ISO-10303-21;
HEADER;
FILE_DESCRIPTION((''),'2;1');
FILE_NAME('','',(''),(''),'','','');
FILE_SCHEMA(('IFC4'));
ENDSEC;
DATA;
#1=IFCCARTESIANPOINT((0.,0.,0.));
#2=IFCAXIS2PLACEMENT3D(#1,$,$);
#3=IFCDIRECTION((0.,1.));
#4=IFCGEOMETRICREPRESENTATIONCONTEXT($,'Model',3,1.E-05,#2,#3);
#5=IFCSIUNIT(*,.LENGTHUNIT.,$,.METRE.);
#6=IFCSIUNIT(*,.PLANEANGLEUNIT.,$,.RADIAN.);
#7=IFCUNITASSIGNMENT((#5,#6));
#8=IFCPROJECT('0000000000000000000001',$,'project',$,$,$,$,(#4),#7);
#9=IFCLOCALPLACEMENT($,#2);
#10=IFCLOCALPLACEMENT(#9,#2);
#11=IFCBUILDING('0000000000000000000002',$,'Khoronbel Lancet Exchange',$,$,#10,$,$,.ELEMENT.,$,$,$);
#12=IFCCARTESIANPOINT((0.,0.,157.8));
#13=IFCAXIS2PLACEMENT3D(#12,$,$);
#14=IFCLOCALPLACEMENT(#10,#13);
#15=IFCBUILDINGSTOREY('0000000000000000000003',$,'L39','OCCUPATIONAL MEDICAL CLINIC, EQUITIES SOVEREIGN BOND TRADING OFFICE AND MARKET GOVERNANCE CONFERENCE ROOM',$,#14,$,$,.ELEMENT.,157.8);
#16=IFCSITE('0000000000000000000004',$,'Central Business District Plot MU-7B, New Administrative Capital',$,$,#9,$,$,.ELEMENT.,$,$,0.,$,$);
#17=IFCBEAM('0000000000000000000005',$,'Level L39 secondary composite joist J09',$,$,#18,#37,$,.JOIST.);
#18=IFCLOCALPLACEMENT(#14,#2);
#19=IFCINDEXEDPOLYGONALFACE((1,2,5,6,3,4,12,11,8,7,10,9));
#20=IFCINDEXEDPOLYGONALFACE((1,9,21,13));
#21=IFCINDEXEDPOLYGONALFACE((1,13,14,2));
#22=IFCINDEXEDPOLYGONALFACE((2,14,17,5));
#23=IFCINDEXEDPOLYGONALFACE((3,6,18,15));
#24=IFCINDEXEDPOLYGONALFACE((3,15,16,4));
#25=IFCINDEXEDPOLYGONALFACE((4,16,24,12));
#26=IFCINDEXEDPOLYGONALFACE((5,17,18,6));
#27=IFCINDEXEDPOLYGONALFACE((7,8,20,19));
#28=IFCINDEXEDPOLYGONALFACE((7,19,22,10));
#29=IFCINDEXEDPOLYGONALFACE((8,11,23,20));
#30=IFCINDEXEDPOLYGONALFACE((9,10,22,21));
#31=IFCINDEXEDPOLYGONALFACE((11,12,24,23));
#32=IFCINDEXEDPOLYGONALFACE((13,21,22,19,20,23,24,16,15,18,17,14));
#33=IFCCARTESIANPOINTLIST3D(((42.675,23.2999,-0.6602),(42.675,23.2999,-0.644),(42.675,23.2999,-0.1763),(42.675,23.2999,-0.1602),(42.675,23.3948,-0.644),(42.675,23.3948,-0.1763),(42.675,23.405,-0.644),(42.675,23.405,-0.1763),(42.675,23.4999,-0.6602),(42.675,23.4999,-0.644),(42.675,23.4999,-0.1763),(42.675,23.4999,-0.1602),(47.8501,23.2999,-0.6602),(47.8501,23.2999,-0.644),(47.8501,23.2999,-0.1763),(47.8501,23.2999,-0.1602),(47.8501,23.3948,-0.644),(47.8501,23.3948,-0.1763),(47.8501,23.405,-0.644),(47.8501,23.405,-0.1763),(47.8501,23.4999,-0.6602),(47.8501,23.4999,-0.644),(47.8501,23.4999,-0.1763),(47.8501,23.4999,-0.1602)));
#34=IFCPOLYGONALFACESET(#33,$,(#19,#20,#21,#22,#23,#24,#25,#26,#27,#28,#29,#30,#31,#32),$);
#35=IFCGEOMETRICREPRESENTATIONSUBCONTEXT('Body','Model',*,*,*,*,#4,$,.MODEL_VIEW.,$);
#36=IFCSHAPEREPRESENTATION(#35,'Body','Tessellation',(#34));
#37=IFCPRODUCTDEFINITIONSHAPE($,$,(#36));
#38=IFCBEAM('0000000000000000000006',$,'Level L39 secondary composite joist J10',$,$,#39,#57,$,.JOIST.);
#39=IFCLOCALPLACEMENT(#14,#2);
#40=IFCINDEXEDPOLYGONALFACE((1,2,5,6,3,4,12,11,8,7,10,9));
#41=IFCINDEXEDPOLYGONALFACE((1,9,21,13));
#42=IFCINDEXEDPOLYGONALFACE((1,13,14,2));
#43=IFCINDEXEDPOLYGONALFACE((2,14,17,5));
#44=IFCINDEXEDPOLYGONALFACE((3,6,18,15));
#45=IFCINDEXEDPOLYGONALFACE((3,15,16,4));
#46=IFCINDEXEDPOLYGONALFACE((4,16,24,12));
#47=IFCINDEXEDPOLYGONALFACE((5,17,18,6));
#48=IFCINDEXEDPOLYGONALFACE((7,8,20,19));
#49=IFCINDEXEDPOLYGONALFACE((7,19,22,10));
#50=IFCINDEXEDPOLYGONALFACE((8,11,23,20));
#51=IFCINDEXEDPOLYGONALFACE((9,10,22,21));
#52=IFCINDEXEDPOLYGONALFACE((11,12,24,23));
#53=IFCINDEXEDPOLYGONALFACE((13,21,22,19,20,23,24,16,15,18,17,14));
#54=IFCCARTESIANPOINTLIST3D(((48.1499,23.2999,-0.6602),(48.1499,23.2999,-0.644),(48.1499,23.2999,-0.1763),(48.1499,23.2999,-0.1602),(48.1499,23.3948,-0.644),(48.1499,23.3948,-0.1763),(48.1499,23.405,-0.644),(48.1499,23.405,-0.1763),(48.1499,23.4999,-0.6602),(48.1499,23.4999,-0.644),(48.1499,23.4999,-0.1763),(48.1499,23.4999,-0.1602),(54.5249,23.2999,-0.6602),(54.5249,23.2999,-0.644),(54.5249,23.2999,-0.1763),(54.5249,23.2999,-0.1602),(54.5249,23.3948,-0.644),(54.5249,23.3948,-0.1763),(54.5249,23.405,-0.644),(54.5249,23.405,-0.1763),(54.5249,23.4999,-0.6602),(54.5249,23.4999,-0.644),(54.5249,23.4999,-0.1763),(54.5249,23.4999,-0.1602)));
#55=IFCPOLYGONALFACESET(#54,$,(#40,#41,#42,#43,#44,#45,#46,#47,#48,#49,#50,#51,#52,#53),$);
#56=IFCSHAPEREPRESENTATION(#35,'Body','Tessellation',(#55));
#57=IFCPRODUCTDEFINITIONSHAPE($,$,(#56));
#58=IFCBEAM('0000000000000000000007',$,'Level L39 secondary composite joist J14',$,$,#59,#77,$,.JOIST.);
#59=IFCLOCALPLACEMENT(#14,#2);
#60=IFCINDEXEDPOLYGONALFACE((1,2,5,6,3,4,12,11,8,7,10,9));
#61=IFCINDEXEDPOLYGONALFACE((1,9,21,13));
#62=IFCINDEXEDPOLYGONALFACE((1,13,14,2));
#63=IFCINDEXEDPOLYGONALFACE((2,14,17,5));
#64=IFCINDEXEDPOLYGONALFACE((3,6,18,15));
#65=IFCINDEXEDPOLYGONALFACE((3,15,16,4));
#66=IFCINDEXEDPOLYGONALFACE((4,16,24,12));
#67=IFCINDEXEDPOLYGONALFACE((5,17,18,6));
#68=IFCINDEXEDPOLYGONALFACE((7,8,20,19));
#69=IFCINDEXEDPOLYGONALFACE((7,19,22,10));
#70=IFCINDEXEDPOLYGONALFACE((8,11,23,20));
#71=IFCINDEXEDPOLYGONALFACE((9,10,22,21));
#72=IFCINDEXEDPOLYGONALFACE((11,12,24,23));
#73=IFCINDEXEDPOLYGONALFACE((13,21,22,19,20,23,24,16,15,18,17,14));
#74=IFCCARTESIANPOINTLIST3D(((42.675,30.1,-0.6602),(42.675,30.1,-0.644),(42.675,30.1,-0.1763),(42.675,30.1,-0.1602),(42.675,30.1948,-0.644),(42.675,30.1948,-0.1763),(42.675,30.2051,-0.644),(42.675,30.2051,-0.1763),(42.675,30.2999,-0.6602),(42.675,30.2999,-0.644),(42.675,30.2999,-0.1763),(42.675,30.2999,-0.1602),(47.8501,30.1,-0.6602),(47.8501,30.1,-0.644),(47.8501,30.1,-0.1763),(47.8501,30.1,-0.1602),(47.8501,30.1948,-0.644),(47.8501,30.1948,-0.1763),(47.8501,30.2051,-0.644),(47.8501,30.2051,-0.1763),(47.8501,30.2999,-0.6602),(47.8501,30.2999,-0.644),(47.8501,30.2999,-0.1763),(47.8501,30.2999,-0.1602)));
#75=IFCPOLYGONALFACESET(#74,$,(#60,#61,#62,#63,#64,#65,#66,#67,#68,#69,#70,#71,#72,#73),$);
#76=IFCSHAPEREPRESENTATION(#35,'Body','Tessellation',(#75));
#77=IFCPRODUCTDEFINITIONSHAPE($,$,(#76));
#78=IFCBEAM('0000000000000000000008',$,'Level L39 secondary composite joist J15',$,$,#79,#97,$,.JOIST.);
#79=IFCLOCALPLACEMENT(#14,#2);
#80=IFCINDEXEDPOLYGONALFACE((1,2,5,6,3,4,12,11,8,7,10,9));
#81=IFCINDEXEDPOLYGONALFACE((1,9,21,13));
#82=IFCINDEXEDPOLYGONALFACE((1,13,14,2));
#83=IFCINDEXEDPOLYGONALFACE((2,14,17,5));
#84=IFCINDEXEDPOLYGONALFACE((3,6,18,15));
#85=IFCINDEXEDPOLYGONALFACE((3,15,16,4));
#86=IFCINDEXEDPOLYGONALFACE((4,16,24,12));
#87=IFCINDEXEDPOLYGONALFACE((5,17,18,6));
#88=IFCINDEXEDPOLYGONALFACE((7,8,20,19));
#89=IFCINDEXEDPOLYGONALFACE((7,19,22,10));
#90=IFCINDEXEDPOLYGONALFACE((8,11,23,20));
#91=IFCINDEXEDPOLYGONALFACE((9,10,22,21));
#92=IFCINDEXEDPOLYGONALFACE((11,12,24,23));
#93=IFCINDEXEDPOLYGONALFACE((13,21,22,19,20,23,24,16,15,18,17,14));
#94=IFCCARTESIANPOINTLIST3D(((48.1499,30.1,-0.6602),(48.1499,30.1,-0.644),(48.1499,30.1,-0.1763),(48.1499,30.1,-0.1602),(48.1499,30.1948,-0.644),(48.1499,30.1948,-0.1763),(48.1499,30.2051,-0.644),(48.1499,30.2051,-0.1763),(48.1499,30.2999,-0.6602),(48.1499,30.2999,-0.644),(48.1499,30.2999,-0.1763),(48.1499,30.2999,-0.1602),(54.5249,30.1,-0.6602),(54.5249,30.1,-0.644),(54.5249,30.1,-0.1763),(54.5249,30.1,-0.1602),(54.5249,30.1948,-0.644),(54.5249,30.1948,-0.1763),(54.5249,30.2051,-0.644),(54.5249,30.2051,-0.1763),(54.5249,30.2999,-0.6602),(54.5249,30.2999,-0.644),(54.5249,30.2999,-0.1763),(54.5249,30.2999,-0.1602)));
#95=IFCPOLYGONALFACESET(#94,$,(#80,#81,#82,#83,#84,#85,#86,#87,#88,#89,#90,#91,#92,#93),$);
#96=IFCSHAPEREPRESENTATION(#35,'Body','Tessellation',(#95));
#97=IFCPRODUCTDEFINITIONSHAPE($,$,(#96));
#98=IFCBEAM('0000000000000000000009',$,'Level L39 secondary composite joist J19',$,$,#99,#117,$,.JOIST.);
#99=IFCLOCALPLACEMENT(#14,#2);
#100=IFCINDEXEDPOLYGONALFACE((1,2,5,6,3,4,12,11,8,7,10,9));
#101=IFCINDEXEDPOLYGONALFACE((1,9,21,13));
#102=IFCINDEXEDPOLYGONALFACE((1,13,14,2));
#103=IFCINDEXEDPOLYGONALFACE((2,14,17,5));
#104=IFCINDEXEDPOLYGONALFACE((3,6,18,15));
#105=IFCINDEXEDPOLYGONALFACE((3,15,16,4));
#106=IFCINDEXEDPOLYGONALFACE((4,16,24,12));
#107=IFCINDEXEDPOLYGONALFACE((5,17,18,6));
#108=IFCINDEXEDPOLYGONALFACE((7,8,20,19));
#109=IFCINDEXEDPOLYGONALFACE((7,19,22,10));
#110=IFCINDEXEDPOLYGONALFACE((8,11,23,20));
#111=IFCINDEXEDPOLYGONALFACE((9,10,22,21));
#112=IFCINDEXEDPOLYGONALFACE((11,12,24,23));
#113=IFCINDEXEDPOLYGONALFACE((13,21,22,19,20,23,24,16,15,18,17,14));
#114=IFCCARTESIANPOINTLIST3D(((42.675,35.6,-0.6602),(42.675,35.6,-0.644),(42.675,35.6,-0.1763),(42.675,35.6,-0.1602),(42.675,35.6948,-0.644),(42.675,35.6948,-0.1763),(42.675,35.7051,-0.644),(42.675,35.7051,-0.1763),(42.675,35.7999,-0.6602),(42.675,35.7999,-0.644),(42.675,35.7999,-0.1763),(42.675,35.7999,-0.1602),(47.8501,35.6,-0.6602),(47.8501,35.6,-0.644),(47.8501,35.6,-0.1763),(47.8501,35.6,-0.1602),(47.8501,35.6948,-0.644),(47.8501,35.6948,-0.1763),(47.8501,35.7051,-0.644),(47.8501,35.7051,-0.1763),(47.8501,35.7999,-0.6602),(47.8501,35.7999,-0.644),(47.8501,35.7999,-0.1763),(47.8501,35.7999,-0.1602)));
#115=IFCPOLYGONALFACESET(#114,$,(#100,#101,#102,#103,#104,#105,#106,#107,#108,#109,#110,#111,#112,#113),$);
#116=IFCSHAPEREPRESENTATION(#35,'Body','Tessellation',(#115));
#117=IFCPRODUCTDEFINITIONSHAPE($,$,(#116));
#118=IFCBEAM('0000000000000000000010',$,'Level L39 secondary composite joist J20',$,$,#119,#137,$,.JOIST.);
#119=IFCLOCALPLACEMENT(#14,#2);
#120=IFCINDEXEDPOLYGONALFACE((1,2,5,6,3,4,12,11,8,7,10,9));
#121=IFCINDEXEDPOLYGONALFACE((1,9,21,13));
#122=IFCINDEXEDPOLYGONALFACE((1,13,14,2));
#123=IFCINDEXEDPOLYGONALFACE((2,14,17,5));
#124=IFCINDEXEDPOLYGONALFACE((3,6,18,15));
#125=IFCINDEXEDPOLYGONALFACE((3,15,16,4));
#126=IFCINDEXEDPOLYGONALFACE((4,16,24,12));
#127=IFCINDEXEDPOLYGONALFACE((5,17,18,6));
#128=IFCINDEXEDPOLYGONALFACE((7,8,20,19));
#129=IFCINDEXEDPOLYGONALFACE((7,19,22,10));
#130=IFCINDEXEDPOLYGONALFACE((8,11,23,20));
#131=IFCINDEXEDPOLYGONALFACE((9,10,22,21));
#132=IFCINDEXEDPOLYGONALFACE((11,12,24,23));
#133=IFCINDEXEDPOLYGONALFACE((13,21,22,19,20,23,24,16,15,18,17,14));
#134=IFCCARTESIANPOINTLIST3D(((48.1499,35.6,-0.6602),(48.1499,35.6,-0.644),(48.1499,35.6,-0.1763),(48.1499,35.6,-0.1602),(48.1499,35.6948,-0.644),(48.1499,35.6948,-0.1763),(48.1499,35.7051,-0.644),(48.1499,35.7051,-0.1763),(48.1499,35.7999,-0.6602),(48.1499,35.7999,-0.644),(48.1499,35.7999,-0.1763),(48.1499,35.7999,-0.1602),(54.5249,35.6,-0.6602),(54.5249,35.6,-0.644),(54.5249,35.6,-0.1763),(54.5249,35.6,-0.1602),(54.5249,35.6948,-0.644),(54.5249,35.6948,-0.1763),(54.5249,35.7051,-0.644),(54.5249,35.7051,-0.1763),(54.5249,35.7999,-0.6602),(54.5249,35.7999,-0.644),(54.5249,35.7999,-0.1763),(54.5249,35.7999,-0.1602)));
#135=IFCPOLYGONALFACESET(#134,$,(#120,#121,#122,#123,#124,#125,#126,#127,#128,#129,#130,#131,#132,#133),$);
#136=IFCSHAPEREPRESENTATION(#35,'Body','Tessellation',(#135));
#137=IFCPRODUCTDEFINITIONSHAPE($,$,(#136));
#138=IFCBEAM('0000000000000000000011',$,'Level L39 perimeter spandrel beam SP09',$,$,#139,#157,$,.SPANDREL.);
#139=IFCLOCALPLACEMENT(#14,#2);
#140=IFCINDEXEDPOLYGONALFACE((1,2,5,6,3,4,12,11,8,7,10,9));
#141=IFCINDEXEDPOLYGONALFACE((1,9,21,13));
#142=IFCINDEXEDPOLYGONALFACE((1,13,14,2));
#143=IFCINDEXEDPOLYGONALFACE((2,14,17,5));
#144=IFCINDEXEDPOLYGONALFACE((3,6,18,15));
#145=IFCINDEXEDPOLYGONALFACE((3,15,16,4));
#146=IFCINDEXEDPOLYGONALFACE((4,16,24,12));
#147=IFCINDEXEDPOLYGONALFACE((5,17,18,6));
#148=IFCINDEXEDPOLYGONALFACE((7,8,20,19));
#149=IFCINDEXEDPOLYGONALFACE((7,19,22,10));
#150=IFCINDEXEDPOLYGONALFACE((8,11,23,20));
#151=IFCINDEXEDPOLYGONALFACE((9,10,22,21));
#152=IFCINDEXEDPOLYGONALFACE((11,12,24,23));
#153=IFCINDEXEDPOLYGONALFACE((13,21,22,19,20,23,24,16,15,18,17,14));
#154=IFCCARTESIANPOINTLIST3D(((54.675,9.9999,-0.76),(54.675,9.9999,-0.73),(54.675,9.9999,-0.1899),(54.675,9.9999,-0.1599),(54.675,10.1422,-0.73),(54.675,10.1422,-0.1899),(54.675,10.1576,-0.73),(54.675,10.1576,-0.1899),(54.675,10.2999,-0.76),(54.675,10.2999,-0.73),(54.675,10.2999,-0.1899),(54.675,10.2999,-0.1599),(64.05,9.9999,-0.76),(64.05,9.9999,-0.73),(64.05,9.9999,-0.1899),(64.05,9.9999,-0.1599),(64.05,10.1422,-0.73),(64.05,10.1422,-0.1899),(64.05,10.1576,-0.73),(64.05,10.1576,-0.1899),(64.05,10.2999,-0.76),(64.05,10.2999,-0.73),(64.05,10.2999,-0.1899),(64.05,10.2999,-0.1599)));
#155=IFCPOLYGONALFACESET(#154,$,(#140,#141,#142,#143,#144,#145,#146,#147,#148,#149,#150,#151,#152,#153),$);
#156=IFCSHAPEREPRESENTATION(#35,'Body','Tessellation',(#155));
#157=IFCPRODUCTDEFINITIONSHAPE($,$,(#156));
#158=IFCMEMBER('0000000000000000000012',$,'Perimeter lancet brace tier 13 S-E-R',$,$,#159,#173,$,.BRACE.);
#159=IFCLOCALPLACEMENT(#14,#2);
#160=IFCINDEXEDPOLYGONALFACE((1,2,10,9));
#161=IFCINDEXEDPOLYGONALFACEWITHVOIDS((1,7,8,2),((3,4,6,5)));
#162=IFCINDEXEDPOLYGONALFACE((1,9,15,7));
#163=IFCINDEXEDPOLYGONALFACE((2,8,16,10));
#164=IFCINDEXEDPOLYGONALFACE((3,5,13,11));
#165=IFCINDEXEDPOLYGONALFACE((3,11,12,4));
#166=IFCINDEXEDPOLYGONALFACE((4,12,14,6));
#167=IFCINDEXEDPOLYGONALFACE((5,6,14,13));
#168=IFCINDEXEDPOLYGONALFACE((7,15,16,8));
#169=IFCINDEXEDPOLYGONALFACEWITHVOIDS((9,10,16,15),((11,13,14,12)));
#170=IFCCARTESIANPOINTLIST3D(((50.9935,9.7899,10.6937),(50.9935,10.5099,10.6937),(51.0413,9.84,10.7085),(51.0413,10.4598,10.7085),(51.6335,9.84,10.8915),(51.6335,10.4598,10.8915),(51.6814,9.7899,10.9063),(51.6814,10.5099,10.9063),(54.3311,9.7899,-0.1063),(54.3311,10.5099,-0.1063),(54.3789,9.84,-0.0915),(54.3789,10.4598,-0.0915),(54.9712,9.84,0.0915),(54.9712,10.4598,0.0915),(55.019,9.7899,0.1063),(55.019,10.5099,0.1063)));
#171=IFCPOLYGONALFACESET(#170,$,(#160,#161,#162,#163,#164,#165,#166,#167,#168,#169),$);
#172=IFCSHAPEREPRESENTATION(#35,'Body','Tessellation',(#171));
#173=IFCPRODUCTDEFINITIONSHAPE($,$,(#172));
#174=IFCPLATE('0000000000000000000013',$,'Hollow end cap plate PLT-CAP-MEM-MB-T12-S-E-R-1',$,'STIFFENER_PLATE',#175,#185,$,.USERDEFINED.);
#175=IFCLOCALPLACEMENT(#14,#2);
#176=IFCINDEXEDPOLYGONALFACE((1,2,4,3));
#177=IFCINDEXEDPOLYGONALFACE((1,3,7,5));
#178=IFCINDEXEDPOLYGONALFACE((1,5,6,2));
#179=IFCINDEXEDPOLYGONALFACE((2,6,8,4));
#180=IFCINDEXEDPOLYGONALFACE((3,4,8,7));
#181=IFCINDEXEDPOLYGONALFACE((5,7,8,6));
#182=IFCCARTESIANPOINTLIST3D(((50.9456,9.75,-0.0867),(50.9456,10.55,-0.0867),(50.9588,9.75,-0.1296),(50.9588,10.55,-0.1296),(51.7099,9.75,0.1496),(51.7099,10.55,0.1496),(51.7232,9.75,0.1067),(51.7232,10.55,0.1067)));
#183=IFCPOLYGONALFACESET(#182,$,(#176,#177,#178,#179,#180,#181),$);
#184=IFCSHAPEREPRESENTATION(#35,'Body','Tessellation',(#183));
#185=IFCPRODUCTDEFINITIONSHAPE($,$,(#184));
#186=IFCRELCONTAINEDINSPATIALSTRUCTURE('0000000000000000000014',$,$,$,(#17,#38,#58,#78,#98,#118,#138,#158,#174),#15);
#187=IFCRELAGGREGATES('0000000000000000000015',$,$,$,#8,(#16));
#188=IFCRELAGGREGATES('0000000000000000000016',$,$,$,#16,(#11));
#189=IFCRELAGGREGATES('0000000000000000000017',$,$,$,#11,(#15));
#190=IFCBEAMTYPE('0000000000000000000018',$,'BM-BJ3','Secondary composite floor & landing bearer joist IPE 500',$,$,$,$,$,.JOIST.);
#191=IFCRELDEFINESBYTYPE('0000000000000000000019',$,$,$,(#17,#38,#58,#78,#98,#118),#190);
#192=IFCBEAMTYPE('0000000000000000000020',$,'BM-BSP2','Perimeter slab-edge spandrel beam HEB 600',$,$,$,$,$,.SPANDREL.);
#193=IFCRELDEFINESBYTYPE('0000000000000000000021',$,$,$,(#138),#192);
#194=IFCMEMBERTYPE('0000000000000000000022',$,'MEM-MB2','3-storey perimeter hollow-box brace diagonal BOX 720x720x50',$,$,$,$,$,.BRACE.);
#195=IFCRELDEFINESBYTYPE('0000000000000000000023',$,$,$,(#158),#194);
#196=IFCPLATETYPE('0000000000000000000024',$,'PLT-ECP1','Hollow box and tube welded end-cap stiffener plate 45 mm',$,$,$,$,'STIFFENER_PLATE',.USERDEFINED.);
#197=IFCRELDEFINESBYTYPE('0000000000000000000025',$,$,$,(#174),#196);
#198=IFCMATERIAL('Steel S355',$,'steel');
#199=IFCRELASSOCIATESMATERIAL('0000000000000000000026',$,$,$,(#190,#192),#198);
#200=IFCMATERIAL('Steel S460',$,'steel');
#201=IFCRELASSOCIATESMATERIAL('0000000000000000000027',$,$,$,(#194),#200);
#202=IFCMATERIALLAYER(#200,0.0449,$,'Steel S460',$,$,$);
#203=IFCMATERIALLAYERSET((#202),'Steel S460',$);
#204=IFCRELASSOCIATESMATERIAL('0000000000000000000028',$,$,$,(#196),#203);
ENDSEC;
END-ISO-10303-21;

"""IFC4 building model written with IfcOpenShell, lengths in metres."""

from ifc_helpers import new_model, si_unit, direction, frame, origin, origin_2d, place, context, subcontext, project, spatial, polyline, hollow_rectangle, i_section, outline, extrude, material, layer, layer_set, material_profile, profile_set, type_object, element, save


model = new_model("IFC4")

# Units and contexts
model_context = context("Model", 3, precision=1e-05, world=origin(), true_north=direction((0.0, 1.0)))
body_context = subcontext(model_context, "Body", "Model", "MODEL_VIEW")
ifc_project = project(units=[si_unit("LENGTHUNIT", "METRE"), si_unit("PLANEANGLEUNIT", "RADIAN")], contexts=[model_context])

# Site, building, storey
site_placement = place(None, origin())
site = spatial("IfcSite", under=ifc_project, at=site_placement, Name="Central Business District Plot MU-7B, New Administrative Capital", CompositionType="ELEMENT", RefElevation=0.0)
building_placement = place(site_placement, origin())
building = spatial("IfcBuilding", under=site, at=building_placement, Name="Khoronbel Lancet Exchange", CompositionType="ELEMENT")
storey_placement = place(building_placement, frame((0.0, 0.0, 157.8)))
storey = spatial("IfcBuildingStorey", under=building, at=storey_placement, Name="L39", Description="OCCUPATIONAL MEDICAL CLINIC, EQUITIES SOVEREIGN BOND TRADING OFFICE AND MARKET GOVERNANCE CONFERENCE ROOM", CompositionType="ELEMENT", Elevation=157.8)

# Shared definitions
ifc_material_1 = material(Name="Steel S460", Category="steel")

# Beams
ifc_material_2 = material(Name="Steel S355", Category="steel")
ifc_material_profile_1 = material_profile(ifc_material_2, i_section(OverallWidth=0.2, OverallDepth=0.5, WebThickness=0.0103, FlangeThickness=0.0161, at=origin_2d()), Name="IPE 500")
ifc_profile_set_1 = profile_set([ifc_material_profile_1], Name="Steel S355")
beam_type_1 = type_object("IfcBeamType", Name="BM-BJ3", Description="Secondary composite floor & landing bearer joist IPE 500", PredefinedType="JOIST", material=ifc_profile_set_1)
beam_1_placement = place(storey_placement, frame((42.675, 23.3999, -0.4102), z_axis=(1.0, 0.0, 0.0), x_axis=(0.0, 1.0, 0.0)))
element("IfcBeam", 1, at=beam_1_placement, inside=storey, type_object=beam_type_1, Name="Level L39 secondary composite joist J09", PredefinedType="JOIST", context=body_context, shape_type="SweptSolid", body=[
    extrude(i_section(OverallWidth=0.2, OverallDepth=0.5, WebThickness=0.0103, FlangeThickness=0.0161, at=origin_2d()), origin(), (0.0, 0.0, 1.0), 5.175),
])
beam_2_placement = place(storey_placement, frame((48.1499, 23.3999, -0.4102), z_axis=(1.0, 0.0, 0.0), x_axis=(0.0, 1.0, 0.0)))
element("IfcBeam", 2, at=beam_2_placement, inside=storey, type_object=beam_type_1, Name="Level L39 secondary composite joist J10", PredefinedType="JOIST", context=body_context, shape_type="SweptSolid", body=[
    extrude(i_section(OverallWidth=0.2, OverallDepth=0.5, WebThickness=0.0103, FlangeThickness=0.0161, at=origin_2d()), origin(), (0.0, 0.0, 1.0), 6.375),
])
beam_3_placement = place(storey_placement, frame((42.675, 30.2, -0.4102), z_axis=(1.0, 0.0, 0.0), x_axis=(0.0, 1.0, 0.0)))
element("IfcBeam", 3, at=beam_3_placement, inside=storey, type_object=beam_type_1, Name="Level L39 secondary composite joist J14", PredefinedType="JOIST", context=body_context, shape_type="SweptSolid", body=[
    extrude(i_section(OverallWidth=0.2, OverallDepth=0.5, WebThickness=0.0103, FlangeThickness=0.0161, at=origin_2d()), origin(), (0.0, 0.0, 1.0), 5.175),
])
beam_4_placement = place(storey_placement, frame((48.1499, 30.2, -0.4102), z_axis=(1.0, 0.0, 0.0), x_axis=(0.0, 1.0, 0.0)))
element("IfcBeam", 4, at=beam_4_placement, inside=storey, type_object=beam_type_1, Name="Level L39 secondary composite joist J15", PredefinedType="JOIST", context=body_context, shape_type="SweptSolid", body=[
    extrude(i_section(OverallWidth=0.2, OverallDepth=0.5, WebThickness=0.0103, FlangeThickness=0.0161, at=origin_2d()), origin(), (0.0, 0.0, 1.0), 6.375),
])
beam_5_placement = place(storey_placement, frame((42.675, 35.7, -0.4102), z_axis=(1.0, 0.0, 0.0), x_axis=(0.0, 1.0, 0.0)))
element("IfcBeam", 5, at=beam_5_placement, inside=storey, type_object=beam_type_1, Name="Level L39 secondary composite joist J19", PredefinedType="JOIST", context=body_context, shape_type="SweptSolid", body=[
    extrude(i_section(OverallWidth=0.2, OverallDepth=0.5, WebThickness=0.0103, FlangeThickness=0.0161, at=origin_2d()), origin(), (0.0, 0.0, 1.0), 5.175),
])
beam_6_placement = place(storey_placement, frame((48.1499, 35.7, -0.4102), z_axis=(1.0, 0.0, 0.0), x_axis=(0.0, 1.0, 0.0)))
element("IfcBeam", 6, at=beam_6_placement, inside=storey, type_object=beam_type_1, Name="Level L39 secondary composite joist J20", PredefinedType="JOIST", context=body_context, shape_type="SweptSolid", body=[
    extrude(i_section(OverallWidth=0.2, OverallDepth=0.5, WebThickness=0.0103, FlangeThickness=0.0161, at=origin_2d()), origin(), (0.0, 0.0, 1.0), 6.375),
])
ifc_material_profile_2 = material_profile(ifc_material_2, i_section(OverallWidth=0.3, OverallDepth=0.6001, WebThickness=0.0154, FlangeThickness=0.03, at=origin_2d()), Name="HEB 600")
ifc_profile_set_2 = profile_set([ifc_material_profile_2], Name="Steel S355")
beam_type_2 = type_object("IfcBeamType", Name="BM-BSP2", Description="Perimeter slab-edge spandrel beam HEB 600", PredefinedType="SPANDREL", material=ifc_profile_set_2)
beam_7_placement = place(storey_placement, frame((54.675, 10.1499, -0.46), z_axis=(1.0, 0.0, 0.0), x_axis=(0.0, 1.0, 0.0)))
element("IfcBeam", 7, at=beam_7_placement, inside=storey, type_object=beam_type_2, Name="Level L39 perimeter spandrel beam SP09", PredefinedType="SPANDREL", context=body_context, shape_type="SweptSolid", body=[
    extrude(i_section(OverallWidth=0.3, OverallDepth=0.6001, WebThickness=0.0154, FlangeThickness=0.03, at=origin_2d()), origin(), (0.0, 0.0, 1.0), 9.375),
])

# Member
ifc_material_profile_3 = material_profile(ifc_material_1, hollow_rectangle(XDim=0.72, YDim=0.72, WallThickness=0.05, at=origin_2d()), Name="BOX 720x720x50")
ifc_profile_set_3 = profile_set([ifc_material_profile_3], Name="Steel S460")
member_type = type_object("IfcMemberType", Name="MEM-MB2", Description="3-storey perimeter hollow-box brace diagonal BOX 720x720x50", PredefinedType="BRACE", material=ifc_profile_set_3)
member_placement = place(storey_placement, frame((54.675, 10.1499, 0.0), z_axis=(-0.295262, 0.0, 0.955416), x_axis=(0.0, -1.0, 0.0)))
element("IfcMember", 8, at=member_placement, inside=storey, type_object=member_type, Name="Perimeter lancet brace tier 13 S-E-R", PredefinedType="BRACE", context=body_context, shape_type="SweptSolid", body=[
    extrude(hollow_rectangle(XDim=0.72, YDim=0.72, WallThickness=0.05, at=origin_2d()), origin(), (0.0, 0.0, 1.0), 11.304),
])

# Plate
ifc_layer_1 = layer(ifc_material_1, 0.0449, Name="Steel S460")
ifc_layer_set_1 = layer_set([ifc_layer_1], Name="Steel S460")
plate_type = type_object("IfcPlateType", Name="PLT-ECP1", Description="Hollow box and tube welded end-cap stiffener plate 45 mm", ElementType="STIFFENER_PLATE", PredefinedType="USERDEFINED", material=ifc_layer_set_1)
for number, where, z_axis, x_axis, name in (
    (9, (50.9456, 10.55, -0.0867), (-0.295372, 0.0, 0.955382), (0.0, -1.0, 0.0), "Hollow end cap plate PLT-CAP-MEM-MB-T12-S-E-R-1"),
):
    element("IfcPlate", number, at=place(storey_placement, frame(where, z_axis=z_axis, x_axis=x_axis)), inside=storey, type_object=plate_type, Name=name, ObjectType="STIFFENER_PLATE", PredefinedType="USERDEFINED", context=body_context, shape_type="SweptSolid", body=[
        extrude(outline(polyline([(0.0, 0.0), (0.8, 0.0), (0.8, 0.8), (0.0, 0.8), (0.0, 0.0)])), origin(), (0.0, 0.0, -1.0), 0.0449),
    ])

save(model, "model.ifc")
